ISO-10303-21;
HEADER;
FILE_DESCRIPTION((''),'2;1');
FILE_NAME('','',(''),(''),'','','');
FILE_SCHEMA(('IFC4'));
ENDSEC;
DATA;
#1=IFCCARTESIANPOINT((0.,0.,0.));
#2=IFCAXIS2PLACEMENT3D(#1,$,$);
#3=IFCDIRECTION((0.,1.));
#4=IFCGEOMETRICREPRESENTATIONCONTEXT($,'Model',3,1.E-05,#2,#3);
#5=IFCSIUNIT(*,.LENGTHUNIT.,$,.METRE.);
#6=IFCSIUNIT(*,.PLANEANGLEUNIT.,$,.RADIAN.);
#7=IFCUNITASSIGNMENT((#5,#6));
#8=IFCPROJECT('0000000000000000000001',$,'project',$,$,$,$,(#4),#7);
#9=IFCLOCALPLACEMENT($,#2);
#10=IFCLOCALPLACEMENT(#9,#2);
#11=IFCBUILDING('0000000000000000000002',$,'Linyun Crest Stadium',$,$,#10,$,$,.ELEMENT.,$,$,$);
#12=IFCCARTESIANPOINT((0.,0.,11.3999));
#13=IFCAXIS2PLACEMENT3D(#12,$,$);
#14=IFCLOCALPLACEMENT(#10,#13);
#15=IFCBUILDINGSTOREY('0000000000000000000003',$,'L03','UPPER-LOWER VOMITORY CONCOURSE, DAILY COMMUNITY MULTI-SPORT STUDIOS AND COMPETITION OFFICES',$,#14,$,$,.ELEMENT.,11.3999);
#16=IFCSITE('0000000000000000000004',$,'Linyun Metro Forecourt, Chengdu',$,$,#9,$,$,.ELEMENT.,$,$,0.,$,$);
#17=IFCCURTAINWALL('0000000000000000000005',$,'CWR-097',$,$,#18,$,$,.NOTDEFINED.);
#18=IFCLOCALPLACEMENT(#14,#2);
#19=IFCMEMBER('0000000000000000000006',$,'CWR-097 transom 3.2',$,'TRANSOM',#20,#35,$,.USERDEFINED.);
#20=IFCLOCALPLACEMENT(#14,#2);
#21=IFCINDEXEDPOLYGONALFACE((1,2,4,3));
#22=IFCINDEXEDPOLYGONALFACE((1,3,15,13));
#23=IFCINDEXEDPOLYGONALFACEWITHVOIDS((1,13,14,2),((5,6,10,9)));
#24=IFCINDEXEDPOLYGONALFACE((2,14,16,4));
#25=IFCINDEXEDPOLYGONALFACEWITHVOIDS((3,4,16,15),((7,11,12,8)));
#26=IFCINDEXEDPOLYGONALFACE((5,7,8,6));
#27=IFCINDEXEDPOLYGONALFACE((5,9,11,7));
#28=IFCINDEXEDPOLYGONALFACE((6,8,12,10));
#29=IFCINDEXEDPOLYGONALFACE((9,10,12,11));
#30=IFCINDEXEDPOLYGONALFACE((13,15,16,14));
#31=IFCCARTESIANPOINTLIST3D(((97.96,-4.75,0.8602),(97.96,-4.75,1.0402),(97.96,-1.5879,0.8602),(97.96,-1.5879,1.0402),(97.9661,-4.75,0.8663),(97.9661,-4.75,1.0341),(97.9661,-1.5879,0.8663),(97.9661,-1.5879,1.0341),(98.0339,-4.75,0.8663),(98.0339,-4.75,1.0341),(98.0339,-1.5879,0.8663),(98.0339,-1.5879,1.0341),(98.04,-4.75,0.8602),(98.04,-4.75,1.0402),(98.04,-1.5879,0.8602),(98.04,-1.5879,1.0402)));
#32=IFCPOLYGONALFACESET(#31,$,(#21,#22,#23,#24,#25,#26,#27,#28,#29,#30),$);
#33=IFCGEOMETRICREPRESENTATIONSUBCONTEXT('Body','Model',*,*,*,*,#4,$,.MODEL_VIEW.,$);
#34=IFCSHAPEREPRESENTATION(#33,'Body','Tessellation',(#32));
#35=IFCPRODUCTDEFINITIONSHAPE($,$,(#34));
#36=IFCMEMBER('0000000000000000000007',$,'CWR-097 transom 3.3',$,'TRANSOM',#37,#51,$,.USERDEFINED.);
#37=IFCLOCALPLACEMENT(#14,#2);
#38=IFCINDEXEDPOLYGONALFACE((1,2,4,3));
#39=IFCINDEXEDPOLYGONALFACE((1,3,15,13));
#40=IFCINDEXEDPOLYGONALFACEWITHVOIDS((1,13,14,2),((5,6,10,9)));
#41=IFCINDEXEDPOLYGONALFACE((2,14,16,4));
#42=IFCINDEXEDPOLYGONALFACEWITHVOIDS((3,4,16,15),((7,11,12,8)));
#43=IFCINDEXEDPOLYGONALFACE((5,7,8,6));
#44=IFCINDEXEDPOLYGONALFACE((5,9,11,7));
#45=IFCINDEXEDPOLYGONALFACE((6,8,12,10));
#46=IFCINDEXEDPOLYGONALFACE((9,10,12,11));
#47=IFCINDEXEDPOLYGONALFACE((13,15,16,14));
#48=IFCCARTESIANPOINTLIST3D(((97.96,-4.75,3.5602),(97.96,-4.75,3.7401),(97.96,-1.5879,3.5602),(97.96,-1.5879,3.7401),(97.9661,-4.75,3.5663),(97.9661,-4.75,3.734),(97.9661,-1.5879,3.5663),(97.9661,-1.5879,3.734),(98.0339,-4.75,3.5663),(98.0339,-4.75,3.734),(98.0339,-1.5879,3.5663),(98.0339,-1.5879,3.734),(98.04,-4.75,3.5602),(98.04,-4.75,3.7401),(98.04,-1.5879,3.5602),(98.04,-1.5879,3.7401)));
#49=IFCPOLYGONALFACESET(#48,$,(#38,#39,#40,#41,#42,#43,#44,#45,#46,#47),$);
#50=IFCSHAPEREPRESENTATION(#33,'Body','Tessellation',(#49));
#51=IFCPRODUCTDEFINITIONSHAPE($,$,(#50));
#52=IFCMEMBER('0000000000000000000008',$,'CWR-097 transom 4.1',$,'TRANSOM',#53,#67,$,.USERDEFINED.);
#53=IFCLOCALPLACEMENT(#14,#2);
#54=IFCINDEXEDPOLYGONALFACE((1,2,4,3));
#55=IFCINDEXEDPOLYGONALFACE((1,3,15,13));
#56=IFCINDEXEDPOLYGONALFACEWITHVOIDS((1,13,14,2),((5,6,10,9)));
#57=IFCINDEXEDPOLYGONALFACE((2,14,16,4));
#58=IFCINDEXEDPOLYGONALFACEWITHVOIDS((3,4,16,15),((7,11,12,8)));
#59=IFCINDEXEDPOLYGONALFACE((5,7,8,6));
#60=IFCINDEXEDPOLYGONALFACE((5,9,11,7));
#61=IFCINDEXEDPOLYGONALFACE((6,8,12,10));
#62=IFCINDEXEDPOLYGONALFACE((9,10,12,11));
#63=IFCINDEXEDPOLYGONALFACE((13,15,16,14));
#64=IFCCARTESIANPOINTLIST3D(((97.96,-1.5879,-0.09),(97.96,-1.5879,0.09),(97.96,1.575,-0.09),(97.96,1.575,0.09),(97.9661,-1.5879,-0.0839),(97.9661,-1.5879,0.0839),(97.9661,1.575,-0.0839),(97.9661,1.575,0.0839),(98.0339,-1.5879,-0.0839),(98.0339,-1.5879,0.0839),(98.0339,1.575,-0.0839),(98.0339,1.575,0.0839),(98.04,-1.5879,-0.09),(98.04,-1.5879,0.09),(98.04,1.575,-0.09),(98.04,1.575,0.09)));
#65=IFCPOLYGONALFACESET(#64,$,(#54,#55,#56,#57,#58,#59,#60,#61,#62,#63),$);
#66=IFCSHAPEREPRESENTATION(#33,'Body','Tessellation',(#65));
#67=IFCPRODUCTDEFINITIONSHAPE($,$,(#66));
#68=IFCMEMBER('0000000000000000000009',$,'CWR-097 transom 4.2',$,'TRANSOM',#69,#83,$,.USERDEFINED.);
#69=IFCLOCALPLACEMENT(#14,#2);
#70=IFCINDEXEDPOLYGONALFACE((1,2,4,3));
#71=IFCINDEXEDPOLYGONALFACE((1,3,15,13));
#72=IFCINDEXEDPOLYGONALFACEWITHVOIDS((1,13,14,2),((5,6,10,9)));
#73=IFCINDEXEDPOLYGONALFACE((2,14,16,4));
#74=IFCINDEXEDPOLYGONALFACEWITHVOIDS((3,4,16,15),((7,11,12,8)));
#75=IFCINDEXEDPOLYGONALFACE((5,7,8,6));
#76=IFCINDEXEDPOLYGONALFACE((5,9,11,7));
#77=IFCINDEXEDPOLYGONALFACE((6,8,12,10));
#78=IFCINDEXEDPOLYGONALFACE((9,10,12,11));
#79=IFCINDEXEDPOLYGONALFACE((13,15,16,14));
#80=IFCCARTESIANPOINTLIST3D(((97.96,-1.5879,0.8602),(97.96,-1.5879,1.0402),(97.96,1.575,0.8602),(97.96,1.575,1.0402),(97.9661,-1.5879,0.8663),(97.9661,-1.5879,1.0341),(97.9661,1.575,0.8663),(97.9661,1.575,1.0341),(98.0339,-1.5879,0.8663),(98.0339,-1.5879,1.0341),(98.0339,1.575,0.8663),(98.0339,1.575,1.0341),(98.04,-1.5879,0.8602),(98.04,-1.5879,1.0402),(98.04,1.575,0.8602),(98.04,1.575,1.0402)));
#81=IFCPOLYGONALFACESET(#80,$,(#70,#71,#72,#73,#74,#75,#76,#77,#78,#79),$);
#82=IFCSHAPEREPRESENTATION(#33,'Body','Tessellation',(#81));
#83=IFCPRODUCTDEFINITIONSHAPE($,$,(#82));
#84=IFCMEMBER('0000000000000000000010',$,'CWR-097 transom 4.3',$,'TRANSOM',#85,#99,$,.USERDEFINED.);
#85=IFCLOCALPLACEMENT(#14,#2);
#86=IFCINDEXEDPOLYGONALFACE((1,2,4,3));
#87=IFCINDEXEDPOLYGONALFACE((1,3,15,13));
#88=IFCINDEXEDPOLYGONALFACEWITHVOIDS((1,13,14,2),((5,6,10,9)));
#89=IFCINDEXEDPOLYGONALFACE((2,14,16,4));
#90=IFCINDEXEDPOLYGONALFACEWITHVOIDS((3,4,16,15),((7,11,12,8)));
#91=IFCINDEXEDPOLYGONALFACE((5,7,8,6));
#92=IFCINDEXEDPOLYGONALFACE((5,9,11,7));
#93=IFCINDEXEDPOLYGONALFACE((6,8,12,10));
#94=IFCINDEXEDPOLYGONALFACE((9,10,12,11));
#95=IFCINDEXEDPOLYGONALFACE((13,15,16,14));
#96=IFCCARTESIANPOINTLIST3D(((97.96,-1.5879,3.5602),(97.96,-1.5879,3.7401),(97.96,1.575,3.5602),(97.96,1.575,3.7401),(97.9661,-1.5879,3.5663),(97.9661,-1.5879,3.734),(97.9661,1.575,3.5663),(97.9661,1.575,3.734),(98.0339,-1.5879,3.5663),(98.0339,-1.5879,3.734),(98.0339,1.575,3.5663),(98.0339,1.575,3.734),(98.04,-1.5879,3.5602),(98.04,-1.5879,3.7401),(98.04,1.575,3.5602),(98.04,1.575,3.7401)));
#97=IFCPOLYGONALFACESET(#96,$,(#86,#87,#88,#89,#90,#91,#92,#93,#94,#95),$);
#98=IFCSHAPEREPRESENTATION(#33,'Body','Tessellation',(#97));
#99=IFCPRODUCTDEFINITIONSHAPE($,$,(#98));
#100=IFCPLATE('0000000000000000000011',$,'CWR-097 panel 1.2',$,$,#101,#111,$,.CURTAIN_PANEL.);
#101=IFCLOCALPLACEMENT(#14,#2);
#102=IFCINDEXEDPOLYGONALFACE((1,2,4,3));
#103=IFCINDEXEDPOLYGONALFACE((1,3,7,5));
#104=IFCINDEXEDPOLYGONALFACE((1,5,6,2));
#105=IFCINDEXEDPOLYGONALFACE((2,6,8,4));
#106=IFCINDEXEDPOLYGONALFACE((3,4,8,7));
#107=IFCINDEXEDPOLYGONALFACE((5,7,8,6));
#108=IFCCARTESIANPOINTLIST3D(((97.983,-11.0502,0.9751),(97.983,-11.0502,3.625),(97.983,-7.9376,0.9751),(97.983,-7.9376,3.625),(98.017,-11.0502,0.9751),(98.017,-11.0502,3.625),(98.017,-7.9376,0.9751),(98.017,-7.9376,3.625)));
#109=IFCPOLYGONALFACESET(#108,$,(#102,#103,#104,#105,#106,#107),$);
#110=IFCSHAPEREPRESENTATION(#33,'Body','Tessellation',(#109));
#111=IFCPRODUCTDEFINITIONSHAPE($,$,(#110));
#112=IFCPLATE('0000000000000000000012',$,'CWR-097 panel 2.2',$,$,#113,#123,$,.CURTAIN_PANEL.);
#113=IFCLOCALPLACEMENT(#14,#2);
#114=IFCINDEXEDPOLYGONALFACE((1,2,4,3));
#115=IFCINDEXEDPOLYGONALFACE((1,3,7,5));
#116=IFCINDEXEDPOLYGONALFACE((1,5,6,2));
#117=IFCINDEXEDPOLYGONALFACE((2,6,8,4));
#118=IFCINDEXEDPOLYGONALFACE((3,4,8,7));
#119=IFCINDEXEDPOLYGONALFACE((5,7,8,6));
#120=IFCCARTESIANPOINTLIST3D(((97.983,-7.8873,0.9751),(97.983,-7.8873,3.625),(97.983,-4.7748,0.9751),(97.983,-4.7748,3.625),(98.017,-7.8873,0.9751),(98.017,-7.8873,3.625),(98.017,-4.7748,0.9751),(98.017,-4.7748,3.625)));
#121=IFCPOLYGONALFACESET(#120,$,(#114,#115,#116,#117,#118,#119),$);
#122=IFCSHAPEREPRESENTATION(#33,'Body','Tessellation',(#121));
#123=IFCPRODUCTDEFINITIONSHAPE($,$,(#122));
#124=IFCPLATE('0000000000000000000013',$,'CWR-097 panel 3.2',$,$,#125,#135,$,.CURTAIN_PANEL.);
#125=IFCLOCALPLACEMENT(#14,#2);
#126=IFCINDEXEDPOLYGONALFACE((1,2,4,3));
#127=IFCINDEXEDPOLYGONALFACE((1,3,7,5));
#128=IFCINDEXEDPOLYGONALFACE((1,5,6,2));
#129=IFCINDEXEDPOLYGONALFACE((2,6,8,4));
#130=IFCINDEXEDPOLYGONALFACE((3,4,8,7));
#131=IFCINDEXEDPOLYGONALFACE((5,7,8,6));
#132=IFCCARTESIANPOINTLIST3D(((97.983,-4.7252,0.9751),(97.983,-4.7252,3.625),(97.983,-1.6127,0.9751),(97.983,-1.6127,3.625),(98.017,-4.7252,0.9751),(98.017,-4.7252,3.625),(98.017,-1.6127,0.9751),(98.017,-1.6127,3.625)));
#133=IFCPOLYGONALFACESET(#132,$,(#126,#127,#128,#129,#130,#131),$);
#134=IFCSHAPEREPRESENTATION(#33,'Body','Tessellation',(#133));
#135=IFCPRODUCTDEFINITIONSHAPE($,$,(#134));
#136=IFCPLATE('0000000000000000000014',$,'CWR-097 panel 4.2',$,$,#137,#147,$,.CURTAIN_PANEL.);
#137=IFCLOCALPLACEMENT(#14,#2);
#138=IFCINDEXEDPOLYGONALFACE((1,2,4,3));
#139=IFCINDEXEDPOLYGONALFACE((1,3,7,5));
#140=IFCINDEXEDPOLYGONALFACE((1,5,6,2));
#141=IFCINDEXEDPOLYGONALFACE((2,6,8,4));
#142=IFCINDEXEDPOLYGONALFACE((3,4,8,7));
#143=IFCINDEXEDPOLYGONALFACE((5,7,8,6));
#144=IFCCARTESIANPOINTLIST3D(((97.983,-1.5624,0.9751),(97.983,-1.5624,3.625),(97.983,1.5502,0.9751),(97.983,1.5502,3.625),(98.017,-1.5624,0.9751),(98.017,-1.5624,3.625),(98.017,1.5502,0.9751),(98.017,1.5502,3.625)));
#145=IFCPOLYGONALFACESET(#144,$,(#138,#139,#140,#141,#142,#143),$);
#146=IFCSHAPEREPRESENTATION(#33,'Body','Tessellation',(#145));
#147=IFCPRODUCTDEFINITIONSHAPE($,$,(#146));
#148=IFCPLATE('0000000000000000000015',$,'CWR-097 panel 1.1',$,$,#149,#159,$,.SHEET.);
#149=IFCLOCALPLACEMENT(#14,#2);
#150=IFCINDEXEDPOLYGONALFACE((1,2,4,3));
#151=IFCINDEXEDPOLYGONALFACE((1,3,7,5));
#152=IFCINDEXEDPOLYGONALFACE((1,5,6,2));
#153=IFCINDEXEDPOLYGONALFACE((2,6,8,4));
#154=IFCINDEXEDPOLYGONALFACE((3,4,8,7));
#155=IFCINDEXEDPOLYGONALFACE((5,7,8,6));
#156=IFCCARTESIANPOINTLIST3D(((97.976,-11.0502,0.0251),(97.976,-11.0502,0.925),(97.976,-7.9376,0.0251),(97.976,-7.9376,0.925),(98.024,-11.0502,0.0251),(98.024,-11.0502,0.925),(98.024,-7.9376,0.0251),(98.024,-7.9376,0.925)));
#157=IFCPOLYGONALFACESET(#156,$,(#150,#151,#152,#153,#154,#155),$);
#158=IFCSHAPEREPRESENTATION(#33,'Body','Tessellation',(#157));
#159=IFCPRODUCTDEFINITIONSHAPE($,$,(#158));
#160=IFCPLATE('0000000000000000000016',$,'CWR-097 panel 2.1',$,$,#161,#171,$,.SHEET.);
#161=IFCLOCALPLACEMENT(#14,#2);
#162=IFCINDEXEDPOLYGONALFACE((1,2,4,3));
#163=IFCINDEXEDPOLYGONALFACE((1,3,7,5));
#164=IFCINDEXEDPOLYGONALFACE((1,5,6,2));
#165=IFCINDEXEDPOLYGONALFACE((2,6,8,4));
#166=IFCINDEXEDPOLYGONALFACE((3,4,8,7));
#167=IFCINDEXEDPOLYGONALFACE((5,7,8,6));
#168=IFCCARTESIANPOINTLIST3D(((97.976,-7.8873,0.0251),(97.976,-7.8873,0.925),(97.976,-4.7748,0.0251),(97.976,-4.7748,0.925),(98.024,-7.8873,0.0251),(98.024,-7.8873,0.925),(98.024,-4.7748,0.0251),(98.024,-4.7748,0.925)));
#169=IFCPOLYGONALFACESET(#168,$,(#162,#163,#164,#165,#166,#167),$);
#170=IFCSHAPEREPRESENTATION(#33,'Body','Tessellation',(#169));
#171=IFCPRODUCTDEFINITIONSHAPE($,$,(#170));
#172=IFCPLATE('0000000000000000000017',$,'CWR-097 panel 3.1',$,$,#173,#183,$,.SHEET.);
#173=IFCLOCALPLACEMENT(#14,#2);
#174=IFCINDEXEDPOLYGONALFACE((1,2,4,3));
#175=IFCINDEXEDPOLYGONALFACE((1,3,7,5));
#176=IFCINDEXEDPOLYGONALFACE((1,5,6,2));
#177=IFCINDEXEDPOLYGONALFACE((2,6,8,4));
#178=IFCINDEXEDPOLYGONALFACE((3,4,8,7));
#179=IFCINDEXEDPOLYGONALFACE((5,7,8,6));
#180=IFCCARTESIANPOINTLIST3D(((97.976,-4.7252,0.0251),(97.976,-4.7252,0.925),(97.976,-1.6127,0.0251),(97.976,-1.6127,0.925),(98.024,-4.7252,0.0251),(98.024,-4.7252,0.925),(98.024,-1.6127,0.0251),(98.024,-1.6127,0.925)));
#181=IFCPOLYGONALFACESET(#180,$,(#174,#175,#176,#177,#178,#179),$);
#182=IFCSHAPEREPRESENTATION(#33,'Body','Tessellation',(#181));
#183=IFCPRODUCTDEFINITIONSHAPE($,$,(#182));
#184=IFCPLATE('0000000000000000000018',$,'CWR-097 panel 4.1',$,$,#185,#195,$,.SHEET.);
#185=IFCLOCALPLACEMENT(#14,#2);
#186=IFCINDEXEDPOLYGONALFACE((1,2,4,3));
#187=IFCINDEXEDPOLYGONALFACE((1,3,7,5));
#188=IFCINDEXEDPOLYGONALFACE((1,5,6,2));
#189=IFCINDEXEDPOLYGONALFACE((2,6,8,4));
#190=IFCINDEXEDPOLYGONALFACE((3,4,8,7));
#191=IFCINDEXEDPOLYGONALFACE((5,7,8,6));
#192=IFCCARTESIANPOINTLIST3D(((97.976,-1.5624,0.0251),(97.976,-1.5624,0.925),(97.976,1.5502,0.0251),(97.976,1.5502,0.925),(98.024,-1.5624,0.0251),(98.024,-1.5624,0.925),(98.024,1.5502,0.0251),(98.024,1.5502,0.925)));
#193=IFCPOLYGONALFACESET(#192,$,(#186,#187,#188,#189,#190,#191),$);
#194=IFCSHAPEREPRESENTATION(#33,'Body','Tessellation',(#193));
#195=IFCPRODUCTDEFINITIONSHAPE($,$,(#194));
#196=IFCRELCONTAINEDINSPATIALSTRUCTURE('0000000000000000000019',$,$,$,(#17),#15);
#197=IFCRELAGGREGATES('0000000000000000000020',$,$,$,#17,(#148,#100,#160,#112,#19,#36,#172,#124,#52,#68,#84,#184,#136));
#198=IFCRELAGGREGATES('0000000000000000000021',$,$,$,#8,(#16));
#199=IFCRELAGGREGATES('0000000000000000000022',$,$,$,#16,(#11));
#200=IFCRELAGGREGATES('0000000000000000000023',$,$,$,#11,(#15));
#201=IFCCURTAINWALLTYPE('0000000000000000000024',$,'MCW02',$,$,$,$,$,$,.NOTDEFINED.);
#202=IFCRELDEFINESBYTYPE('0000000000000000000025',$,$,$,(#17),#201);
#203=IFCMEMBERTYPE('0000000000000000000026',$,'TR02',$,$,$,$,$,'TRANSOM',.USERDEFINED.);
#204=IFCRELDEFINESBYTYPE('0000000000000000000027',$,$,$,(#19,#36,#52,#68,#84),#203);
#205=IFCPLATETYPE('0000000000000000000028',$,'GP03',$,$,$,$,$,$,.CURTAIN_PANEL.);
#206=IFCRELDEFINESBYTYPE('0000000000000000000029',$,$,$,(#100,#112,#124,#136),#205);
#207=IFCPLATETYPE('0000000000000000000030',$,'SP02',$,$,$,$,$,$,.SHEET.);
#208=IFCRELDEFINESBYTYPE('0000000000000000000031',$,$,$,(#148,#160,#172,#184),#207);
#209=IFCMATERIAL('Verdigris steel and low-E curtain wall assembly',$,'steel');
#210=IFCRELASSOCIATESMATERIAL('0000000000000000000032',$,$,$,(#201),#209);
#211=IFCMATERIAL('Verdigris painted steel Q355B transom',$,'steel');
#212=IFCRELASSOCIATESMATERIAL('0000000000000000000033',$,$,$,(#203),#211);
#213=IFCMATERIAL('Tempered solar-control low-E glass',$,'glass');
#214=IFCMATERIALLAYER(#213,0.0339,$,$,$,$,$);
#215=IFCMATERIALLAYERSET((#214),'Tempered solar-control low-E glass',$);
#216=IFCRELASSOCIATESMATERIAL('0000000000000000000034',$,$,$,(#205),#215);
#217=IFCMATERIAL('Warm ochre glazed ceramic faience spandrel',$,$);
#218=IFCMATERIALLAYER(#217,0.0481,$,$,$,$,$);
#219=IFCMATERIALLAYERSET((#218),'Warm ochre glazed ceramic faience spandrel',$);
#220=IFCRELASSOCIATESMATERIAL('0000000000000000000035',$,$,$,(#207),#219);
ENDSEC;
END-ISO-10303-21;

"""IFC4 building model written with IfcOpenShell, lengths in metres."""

from ifc_helpers import new_model, si_unit, direction, frame, origin, origin_2d, place, context, subcontext, project, spatial, rectangle, hollow_rectangle, extrude, material, layer, layer_set, material_profile, profile_set, type_object, element, aggregate, save


model = new_model("IFC4")

# Units and contexts
model_context = context("Model", 3, precision=1e-05, world=origin(), true_north=direction((0.0, 1.0)))
body_context = subcontext(model_context, "Body", "Model", "MODEL_VIEW")
ifc_project = project(units=[si_unit("LENGTHUNIT", "METRE"), si_unit("PLANEANGLEUNIT", "RADIAN")], contexts=[model_context])

# Site, building, storey
site_placement = place(None, origin())
site = spatial("IfcSite", under=ifc_project, at=site_placement, Name="Linyun Metro Forecourt, Chengdu", CompositionType="ELEMENT", RefElevation=0.0)
building_placement = place(site_placement, origin())
building = spatial("IfcBuilding", under=site, at=building_placement, Name="Linyun Crest Stadium", CompositionType="ELEMENT")
storey_placement = place(building_placement, frame((0.0, 0.0, 11.3999)))
storey = spatial("IfcBuildingStorey", under=building, at=storey_placement, Name="L03", Description="UPPER-LOWER VOMITORY CONCOURSE, DAILY COMMUNITY MULTI-SPORT STUDIOS AND COMPETITION OFFICES", CompositionType="ELEMENT", Elevation=11.3999)

# Curtain wall, members, plates
ifc_material_1 = material(Name="Verdigris steel and low-E curtain wall assembly", Category="steel")
curtain_wall_type = type_object("IfcCurtainWallType", Name="MCW02", PredefinedType="NOTDEFINED", material=ifc_material_1)
curtain_wall_placement = place(storey_placement, origin())
curtain_wall = element("IfcCurtainWall", 1, at=curtain_wall_placement, inside=storey, type_object=curtain_wall_type, Name="CWR-097", PredefinedType="NOTDEFINED")
ifc_material_2 = material(Name="Verdigris painted steel Q355B transom", Category="steel")
ifc_material_profile_1 = material_profile(ifc_material_2, hollow_rectangle(XDim=0.0801, YDim=0.1799, WallThickness=0.0061, at=origin_2d()), Name="RHS 180x80x6")
ifc_profile_set_1 = profile_set([ifc_material_profile_1], Name="Verdigris painted steel Q355B transom")
member_type_1 = type_object("IfcMemberType", Name="TR02", ElementType="TRANSOM", PredefinedType="USERDEFINED", material=ifc_profile_set_1)
member_1_placement = place(storey_placement, frame((98.0, -4.75, 0.9502), z_axis=(0.0, 1.0, 0.0), x_axis=(-1.0, 0.0, 0.0)))
member_1 = element("IfcMember", 2, at=member_1_placement, type_object=member_type_1, Name="CWR-097 transom 3.2", ObjectType="TRANSOM", PredefinedType="USERDEFINED", context=body_context, shape_type="SweptSolid", body=[
    extrude(hollow_rectangle(XDim=0.0801, YDim=0.1799, WallThickness=0.0061, at=origin_2d()), origin(), (0.0, 0.0, 1.0), 3.1621),
])
member_2_placement = place(storey_placement, frame((98.0, -4.75, 3.6501), z_axis=(0.0, 1.0, 0.0), x_axis=(-1.0, 0.0, 0.0)))
member_2 = element("IfcMember", 3, at=member_2_placement, type_object=member_type_1, Name="CWR-097 transom 3.3", ObjectType="TRANSOM", PredefinedType="USERDEFINED", context=body_context, shape_type="SweptSolid", body=[
    extrude(hollow_rectangle(XDim=0.0801, YDim=0.1799, WallThickness=0.0061, at=origin_2d()), origin(), (0.0, 0.0, 1.0), 3.1621),
])
member_3_placement = place(storey_placement, frame((98.0, -1.5879, 0.0), z_axis=(0.0, 1.0, 0.0), x_axis=(-1.0, 0.0, 0.0)))
member_3 = element("IfcMember", 4, at=member_3_placement, type_object=member_type_1, Name="CWR-097 transom 4.1", ObjectType="TRANSOM", PredefinedType="USERDEFINED", context=body_context, shape_type="SweptSolid", body=[
    extrude(hollow_rectangle(XDim=0.0801, YDim=0.1799, WallThickness=0.0061, at=origin_2d()), origin(), (0.0, 0.0, 1.0), 3.1628),
])
member_4_placement = place(storey_placement, frame((98.0, -1.5879, 0.9502), z_axis=(0.0, 1.0, 0.0), x_axis=(-1.0, 0.0, 0.0)))
member_4 = element("IfcMember", 5, at=member_4_placement, type_object=member_type_1, Name="CWR-097 transom 4.2", ObjectType="TRANSOM", PredefinedType="USERDEFINED", context=body_context, shape_type="SweptSolid", body=[
    extrude(hollow_rectangle(XDim=0.0801, YDim=0.1799, WallThickness=0.0061, at=origin_2d()), origin(), (0.0, 0.0, 1.0), 3.1628),
])
member_5_placement = place(storey_placement, frame((98.0, -1.5879, 3.6501), z_axis=(0.0, 1.0, 0.0), x_axis=(-1.0, 0.0, 0.0)))
member_5 = element("IfcMember", 6, at=member_5_placement, type_object=member_type_1, Name="CWR-097 transom 4.3", ObjectType="TRANSOM", PredefinedType="USERDEFINED", context=body_context, shape_type="SweptSolid", body=[
    extrude(hollow_rectangle(XDim=0.0801, YDim=0.1799, WallThickness=0.0061, at=origin_2d()), origin(), (0.0, 0.0, 1.0), 3.1628),
])
ifc_material_3 = material(Name="Tempered solar-control low-E glass", Category="glass")
ifc_layer_1 = layer(ifc_material_3, 0.0339)
ifc_layer_set_1 = layer_set([ifc_layer_1], Name="Tempered solar-control low-E glass")
plate_type_1 = type_object("IfcPlateType", Name="GP03", PredefinedType="CURTAIN_PANEL", material=ifc_layer_set_1)
plate_1_placement = place(storey_placement, frame((98.0, -9.4939, 0.9751), z_axis=(0.0, 0.0, 1.0), x_axis=(0.0, 1.0, 0.0)))
plate_1 = element("IfcPlate", 7, at=plate_1_placement, type_object=plate_type_1, Name="CWR-097 panel 1.2", PredefinedType="CURTAIN_PANEL", context=body_context, shape_type="SweptSolid", body=[
    extrude(rectangle(XDim=3.1125, YDim=0.0339, at=origin_2d()), origin(), (0.0, 0.0, 1.0), 2.6499),
])
plate_2_placement = place(storey_placement, frame((98.0, -6.3311, 0.9751), z_axis=(0.0, 0.0, 1.0), x_axis=(0.0, 1.0, 0.0)))
plate_2 = element("IfcPlate", 8, at=plate_2_placement, type_object=plate_type_1, Name="CWR-097 panel 2.2", PredefinedType="CURTAIN_PANEL", context=body_context, shape_type="SweptSolid", body=[
    extrude(rectangle(XDim=3.1125, YDim=0.0339, at=origin_2d()), origin(), (0.0, 0.0, 1.0), 2.6499),
])
plate_3_placement = place(storey_placement, frame((98.0, -3.1689, 0.9751), z_axis=(0.0, 0.0, 1.0), x_axis=(0.0, 1.0, 0.0)))
plate_3 = element("IfcPlate", 9, at=plate_3_placement, type_object=plate_type_1, Name="CWR-097 panel 3.2", PredefinedType="CURTAIN_PANEL", context=body_context, shape_type="SweptSolid", body=[
    extrude(rectangle(XDim=3.1125, YDim=0.0339, at=origin_2d()), origin(), (0.0, 0.0, 1.0), 2.6499),
])
plate_4_placement = place(storey_placement, frame((98.0, -0.0061, 0.9751), z_axis=(0.0, 0.0, 1.0), x_axis=(0.0, 1.0, 0.0)))
plate_4 = element("IfcPlate", 10, at=plate_4_placement, type_object=plate_type_1, Name="CWR-097 panel 4.2", PredefinedType="CURTAIN_PANEL", context=body_context, shape_type="SweptSolid", body=[
    extrude(rectangle(XDim=3.1125, YDim=0.0339, at=origin_2d()), origin(), (0.0, 0.0, 1.0), 2.6499),
])
ifc_material_4 = material(Name="Warm ochre glazed ceramic faience spandrel")
ifc_layer_2 = layer(ifc_material_4, 0.0481)
ifc_layer_set_2 = layer_set([ifc_layer_2], Name="Warm ochre glazed ceramic faience spandrel")
plate_type_2 = type_object("IfcPlateType", Name="SP02", PredefinedType="SHEET", material=ifc_layer_set_2)
plate_5_placement = place(storey_placement, frame((98.0, -9.4939, 0.0251), z_axis=(0.0, 0.0, 1.0), x_axis=(0.0, 1.0, 0.0)))
plate_5 = element("IfcPlate", 11, at=plate_5_placement, type_object=plate_type_2, Name="CWR-097 panel 1.1", PredefinedType="SHEET", context=body_context, shape_type="SweptSolid", body=[
    extrude(rectangle(XDim=3.1125, YDim=0.0481, at=origin_2d()), origin(), (0.0, 0.0, 1.0), 0.8999),
])
plate_6_placement = place(storey_placement, frame((98.0, -6.3311, 0.0251), z_axis=(0.0, 0.0, 1.0), x_axis=(0.0, 1.0, 0.0)))
plate_6 = element("IfcPlate", 12, at=plate_6_placement, type_object=plate_type_2, Name="CWR-097 panel 2.1", PredefinedType="SHEET", context=body_context, shape_type="SweptSolid", body=[
    extrude(rectangle(XDim=3.1125, YDim=0.0481, at=origin_2d()), origin(), (0.0, 0.0, 1.0), 0.8999),
])
plate_7_placement = place(storey_placement, frame((98.0, -3.1689, 0.0251), z_axis=(0.0, 0.0, 1.0), x_axis=(0.0, 1.0, 0.0)))
plate_7 = element("IfcPlate", 13, at=plate_7_placement, type_object=plate_type_2, Name="CWR-097 panel 3.1", PredefinedType="SHEET", context=body_context, shape_type="SweptSolid", body=[
    extrude(rectangle(XDim=3.1125, YDim=0.0481, at=origin_2d()), origin(), (0.0, 0.0, 1.0), 0.8999),
])
plate_8_placement = place(storey_placement, frame((98.0, -0.0061, 0.0251), z_axis=(0.0, 0.0, 1.0), x_axis=(0.0, 1.0, 0.0)))
plate_8 = element("IfcPlate", 14, at=plate_8_placement, type_object=plate_type_2, Name="CWR-097 panel 4.1", PredefinedType="SHEET", context=body_context, shape_type="SweptSolid", body=[
    extrude(rectangle(XDim=3.1125, YDim=0.0481, at=origin_2d()), origin(), (0.0, 0.0, 1.0), 0.8999),
])
aggregate(curtain_wall, [plate_5, plate_1, plate_6, plate_2, member_1, member_2, plate_7, plate_3, member_3, member_4, member_5, plate_8, plate_4])

save(model, "model.ifc")
